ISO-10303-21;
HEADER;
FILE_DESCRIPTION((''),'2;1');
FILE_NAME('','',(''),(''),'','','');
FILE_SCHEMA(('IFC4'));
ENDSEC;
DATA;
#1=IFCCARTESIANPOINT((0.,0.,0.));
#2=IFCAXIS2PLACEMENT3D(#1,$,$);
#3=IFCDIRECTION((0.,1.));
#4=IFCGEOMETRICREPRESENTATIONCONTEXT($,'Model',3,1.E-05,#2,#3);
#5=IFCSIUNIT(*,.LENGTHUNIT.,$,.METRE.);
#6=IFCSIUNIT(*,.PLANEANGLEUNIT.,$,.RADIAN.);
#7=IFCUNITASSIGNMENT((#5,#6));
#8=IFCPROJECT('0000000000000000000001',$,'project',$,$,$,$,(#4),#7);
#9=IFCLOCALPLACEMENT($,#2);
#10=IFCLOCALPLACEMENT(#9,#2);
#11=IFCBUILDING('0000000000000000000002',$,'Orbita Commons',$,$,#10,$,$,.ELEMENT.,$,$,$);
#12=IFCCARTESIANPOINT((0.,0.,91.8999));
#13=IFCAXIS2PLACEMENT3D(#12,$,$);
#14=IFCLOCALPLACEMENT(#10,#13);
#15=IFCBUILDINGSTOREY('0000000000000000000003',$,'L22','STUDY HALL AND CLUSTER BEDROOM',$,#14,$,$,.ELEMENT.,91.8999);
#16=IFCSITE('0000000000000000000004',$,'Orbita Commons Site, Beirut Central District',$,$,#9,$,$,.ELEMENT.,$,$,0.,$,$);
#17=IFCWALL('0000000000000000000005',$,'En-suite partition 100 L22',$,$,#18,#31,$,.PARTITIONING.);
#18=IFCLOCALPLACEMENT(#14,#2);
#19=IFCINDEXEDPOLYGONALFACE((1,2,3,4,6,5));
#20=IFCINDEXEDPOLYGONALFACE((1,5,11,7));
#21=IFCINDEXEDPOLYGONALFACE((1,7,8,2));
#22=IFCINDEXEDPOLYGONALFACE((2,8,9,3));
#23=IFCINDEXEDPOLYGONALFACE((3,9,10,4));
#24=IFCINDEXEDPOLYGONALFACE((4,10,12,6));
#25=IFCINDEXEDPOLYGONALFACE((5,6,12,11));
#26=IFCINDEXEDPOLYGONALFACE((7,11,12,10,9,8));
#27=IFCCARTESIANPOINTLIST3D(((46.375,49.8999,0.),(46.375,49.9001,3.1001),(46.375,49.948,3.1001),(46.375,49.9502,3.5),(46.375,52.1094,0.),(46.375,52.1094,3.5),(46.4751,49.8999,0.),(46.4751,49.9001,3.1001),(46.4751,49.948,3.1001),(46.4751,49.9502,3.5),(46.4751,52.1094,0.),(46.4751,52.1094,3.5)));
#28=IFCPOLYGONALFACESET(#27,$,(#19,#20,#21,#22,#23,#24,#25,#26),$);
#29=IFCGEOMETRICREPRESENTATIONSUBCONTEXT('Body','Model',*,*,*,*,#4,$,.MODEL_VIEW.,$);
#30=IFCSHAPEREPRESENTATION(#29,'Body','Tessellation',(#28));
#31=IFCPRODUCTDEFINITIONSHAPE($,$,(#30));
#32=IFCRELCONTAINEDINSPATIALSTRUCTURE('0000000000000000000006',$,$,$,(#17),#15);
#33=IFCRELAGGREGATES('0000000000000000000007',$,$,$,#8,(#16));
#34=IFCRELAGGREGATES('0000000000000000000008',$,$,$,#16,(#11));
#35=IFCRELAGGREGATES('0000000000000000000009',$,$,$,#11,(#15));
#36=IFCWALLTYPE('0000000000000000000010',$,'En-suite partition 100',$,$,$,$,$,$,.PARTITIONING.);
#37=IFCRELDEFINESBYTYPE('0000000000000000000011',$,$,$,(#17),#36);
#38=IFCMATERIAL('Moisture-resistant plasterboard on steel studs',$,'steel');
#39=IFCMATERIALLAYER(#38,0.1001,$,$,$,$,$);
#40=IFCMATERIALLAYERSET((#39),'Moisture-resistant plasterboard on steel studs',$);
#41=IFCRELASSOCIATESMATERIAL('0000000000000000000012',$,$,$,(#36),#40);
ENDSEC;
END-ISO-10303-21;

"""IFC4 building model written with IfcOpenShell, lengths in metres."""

from ifc_helpers import new_model, si_unit, direction, frame, origin, place, context, subcontext, project, spatial, polyline, outline, extrude, material, layer, layer_set, type_object, element, save


model = new_model("IFC4")

# Units and contexts
model_context = context("Model", 3, precision=1e-05, world=origin(), true_north=direction((0.0, 1.0)))
body_context = subcontext(model_context, "Body", "Model", "MODEL_VIEW")
ifc_project = project(units=[si_unit("LENGTHUNIT", "METRE"), si_unit("PLANEANGLEUNIT", "RADIAN")], contexts=[model_context])

# Site, building, storey
site_placement = place(None, origin())
site = spatial("IfcSite", under=ifc_project, at=site_placement, Name="Orbita Commons Site, Beirut Central District", CompositionType="ELEMENT", RefElevation=0.0)
building_placement = place(site_placement, origin())
building = spatial("IfcBuilding", under=site, at=building_placement, Name="Orbita Commons", CompositionType="ELEMENT")
storey_placement = place(building_placement, frame((0.0, 0.0, 91.8999)))
storey = spatial("IfcBuildingStorey", under=building, at=storey_placement, Name="L22", Description="STUDY HALL AND CLUSTER BEDROOM", CompositionType="ELEMENT", Elevation=91.8999)

# Shared definitions
ifc_material_1 = material(Name="Moisture-resistant plasterboard on steel studs", Category="steel")
ifc_layer_1 = layer(ifc_material_1, 0.1001)
ifc_layer_set_1 = layer_set([ifc_layer_1], Name="Moisture-resistant plasterboard on steel studs")
wall_type_1 = type_object("IfcWallType", Name="En-suite partition 100", PredefinedType="PARTITIONING", material=ifc_layer_set_1)

# Wall
wall_1_placement = place(storey_placement, frame((46.425, 52.1094, 0.0), z_axis=(0.0, 0.0, 1.0), x_axis=(0.0, -1.0, 0.0)))
element("IfcWall", 1, at=wall_1_placement, inside=storey, type_object=wall_type_1, Name="En-suite partition 100 L22", PredefinedType="PARTITIONING", context=body_context, shape_type="SweptSolid", body=[
    extrude(outline(polyline([(0.0, 0.0), (2.2095, 0.0), (2.2092, 3.1001), (2.1614, 3.1001), (2.1592, 3.5), (0.0, 3.5), (0.0, 0.0)])), frame((0.0, 0.05, 0.0), z_axis=(0.0, -1.0, 0.0), x_axis=(1.0, 0.0, 0.0)), (0.0, 0.0, 1.0), 0.1001),
])

save(model, "model.ifc")
